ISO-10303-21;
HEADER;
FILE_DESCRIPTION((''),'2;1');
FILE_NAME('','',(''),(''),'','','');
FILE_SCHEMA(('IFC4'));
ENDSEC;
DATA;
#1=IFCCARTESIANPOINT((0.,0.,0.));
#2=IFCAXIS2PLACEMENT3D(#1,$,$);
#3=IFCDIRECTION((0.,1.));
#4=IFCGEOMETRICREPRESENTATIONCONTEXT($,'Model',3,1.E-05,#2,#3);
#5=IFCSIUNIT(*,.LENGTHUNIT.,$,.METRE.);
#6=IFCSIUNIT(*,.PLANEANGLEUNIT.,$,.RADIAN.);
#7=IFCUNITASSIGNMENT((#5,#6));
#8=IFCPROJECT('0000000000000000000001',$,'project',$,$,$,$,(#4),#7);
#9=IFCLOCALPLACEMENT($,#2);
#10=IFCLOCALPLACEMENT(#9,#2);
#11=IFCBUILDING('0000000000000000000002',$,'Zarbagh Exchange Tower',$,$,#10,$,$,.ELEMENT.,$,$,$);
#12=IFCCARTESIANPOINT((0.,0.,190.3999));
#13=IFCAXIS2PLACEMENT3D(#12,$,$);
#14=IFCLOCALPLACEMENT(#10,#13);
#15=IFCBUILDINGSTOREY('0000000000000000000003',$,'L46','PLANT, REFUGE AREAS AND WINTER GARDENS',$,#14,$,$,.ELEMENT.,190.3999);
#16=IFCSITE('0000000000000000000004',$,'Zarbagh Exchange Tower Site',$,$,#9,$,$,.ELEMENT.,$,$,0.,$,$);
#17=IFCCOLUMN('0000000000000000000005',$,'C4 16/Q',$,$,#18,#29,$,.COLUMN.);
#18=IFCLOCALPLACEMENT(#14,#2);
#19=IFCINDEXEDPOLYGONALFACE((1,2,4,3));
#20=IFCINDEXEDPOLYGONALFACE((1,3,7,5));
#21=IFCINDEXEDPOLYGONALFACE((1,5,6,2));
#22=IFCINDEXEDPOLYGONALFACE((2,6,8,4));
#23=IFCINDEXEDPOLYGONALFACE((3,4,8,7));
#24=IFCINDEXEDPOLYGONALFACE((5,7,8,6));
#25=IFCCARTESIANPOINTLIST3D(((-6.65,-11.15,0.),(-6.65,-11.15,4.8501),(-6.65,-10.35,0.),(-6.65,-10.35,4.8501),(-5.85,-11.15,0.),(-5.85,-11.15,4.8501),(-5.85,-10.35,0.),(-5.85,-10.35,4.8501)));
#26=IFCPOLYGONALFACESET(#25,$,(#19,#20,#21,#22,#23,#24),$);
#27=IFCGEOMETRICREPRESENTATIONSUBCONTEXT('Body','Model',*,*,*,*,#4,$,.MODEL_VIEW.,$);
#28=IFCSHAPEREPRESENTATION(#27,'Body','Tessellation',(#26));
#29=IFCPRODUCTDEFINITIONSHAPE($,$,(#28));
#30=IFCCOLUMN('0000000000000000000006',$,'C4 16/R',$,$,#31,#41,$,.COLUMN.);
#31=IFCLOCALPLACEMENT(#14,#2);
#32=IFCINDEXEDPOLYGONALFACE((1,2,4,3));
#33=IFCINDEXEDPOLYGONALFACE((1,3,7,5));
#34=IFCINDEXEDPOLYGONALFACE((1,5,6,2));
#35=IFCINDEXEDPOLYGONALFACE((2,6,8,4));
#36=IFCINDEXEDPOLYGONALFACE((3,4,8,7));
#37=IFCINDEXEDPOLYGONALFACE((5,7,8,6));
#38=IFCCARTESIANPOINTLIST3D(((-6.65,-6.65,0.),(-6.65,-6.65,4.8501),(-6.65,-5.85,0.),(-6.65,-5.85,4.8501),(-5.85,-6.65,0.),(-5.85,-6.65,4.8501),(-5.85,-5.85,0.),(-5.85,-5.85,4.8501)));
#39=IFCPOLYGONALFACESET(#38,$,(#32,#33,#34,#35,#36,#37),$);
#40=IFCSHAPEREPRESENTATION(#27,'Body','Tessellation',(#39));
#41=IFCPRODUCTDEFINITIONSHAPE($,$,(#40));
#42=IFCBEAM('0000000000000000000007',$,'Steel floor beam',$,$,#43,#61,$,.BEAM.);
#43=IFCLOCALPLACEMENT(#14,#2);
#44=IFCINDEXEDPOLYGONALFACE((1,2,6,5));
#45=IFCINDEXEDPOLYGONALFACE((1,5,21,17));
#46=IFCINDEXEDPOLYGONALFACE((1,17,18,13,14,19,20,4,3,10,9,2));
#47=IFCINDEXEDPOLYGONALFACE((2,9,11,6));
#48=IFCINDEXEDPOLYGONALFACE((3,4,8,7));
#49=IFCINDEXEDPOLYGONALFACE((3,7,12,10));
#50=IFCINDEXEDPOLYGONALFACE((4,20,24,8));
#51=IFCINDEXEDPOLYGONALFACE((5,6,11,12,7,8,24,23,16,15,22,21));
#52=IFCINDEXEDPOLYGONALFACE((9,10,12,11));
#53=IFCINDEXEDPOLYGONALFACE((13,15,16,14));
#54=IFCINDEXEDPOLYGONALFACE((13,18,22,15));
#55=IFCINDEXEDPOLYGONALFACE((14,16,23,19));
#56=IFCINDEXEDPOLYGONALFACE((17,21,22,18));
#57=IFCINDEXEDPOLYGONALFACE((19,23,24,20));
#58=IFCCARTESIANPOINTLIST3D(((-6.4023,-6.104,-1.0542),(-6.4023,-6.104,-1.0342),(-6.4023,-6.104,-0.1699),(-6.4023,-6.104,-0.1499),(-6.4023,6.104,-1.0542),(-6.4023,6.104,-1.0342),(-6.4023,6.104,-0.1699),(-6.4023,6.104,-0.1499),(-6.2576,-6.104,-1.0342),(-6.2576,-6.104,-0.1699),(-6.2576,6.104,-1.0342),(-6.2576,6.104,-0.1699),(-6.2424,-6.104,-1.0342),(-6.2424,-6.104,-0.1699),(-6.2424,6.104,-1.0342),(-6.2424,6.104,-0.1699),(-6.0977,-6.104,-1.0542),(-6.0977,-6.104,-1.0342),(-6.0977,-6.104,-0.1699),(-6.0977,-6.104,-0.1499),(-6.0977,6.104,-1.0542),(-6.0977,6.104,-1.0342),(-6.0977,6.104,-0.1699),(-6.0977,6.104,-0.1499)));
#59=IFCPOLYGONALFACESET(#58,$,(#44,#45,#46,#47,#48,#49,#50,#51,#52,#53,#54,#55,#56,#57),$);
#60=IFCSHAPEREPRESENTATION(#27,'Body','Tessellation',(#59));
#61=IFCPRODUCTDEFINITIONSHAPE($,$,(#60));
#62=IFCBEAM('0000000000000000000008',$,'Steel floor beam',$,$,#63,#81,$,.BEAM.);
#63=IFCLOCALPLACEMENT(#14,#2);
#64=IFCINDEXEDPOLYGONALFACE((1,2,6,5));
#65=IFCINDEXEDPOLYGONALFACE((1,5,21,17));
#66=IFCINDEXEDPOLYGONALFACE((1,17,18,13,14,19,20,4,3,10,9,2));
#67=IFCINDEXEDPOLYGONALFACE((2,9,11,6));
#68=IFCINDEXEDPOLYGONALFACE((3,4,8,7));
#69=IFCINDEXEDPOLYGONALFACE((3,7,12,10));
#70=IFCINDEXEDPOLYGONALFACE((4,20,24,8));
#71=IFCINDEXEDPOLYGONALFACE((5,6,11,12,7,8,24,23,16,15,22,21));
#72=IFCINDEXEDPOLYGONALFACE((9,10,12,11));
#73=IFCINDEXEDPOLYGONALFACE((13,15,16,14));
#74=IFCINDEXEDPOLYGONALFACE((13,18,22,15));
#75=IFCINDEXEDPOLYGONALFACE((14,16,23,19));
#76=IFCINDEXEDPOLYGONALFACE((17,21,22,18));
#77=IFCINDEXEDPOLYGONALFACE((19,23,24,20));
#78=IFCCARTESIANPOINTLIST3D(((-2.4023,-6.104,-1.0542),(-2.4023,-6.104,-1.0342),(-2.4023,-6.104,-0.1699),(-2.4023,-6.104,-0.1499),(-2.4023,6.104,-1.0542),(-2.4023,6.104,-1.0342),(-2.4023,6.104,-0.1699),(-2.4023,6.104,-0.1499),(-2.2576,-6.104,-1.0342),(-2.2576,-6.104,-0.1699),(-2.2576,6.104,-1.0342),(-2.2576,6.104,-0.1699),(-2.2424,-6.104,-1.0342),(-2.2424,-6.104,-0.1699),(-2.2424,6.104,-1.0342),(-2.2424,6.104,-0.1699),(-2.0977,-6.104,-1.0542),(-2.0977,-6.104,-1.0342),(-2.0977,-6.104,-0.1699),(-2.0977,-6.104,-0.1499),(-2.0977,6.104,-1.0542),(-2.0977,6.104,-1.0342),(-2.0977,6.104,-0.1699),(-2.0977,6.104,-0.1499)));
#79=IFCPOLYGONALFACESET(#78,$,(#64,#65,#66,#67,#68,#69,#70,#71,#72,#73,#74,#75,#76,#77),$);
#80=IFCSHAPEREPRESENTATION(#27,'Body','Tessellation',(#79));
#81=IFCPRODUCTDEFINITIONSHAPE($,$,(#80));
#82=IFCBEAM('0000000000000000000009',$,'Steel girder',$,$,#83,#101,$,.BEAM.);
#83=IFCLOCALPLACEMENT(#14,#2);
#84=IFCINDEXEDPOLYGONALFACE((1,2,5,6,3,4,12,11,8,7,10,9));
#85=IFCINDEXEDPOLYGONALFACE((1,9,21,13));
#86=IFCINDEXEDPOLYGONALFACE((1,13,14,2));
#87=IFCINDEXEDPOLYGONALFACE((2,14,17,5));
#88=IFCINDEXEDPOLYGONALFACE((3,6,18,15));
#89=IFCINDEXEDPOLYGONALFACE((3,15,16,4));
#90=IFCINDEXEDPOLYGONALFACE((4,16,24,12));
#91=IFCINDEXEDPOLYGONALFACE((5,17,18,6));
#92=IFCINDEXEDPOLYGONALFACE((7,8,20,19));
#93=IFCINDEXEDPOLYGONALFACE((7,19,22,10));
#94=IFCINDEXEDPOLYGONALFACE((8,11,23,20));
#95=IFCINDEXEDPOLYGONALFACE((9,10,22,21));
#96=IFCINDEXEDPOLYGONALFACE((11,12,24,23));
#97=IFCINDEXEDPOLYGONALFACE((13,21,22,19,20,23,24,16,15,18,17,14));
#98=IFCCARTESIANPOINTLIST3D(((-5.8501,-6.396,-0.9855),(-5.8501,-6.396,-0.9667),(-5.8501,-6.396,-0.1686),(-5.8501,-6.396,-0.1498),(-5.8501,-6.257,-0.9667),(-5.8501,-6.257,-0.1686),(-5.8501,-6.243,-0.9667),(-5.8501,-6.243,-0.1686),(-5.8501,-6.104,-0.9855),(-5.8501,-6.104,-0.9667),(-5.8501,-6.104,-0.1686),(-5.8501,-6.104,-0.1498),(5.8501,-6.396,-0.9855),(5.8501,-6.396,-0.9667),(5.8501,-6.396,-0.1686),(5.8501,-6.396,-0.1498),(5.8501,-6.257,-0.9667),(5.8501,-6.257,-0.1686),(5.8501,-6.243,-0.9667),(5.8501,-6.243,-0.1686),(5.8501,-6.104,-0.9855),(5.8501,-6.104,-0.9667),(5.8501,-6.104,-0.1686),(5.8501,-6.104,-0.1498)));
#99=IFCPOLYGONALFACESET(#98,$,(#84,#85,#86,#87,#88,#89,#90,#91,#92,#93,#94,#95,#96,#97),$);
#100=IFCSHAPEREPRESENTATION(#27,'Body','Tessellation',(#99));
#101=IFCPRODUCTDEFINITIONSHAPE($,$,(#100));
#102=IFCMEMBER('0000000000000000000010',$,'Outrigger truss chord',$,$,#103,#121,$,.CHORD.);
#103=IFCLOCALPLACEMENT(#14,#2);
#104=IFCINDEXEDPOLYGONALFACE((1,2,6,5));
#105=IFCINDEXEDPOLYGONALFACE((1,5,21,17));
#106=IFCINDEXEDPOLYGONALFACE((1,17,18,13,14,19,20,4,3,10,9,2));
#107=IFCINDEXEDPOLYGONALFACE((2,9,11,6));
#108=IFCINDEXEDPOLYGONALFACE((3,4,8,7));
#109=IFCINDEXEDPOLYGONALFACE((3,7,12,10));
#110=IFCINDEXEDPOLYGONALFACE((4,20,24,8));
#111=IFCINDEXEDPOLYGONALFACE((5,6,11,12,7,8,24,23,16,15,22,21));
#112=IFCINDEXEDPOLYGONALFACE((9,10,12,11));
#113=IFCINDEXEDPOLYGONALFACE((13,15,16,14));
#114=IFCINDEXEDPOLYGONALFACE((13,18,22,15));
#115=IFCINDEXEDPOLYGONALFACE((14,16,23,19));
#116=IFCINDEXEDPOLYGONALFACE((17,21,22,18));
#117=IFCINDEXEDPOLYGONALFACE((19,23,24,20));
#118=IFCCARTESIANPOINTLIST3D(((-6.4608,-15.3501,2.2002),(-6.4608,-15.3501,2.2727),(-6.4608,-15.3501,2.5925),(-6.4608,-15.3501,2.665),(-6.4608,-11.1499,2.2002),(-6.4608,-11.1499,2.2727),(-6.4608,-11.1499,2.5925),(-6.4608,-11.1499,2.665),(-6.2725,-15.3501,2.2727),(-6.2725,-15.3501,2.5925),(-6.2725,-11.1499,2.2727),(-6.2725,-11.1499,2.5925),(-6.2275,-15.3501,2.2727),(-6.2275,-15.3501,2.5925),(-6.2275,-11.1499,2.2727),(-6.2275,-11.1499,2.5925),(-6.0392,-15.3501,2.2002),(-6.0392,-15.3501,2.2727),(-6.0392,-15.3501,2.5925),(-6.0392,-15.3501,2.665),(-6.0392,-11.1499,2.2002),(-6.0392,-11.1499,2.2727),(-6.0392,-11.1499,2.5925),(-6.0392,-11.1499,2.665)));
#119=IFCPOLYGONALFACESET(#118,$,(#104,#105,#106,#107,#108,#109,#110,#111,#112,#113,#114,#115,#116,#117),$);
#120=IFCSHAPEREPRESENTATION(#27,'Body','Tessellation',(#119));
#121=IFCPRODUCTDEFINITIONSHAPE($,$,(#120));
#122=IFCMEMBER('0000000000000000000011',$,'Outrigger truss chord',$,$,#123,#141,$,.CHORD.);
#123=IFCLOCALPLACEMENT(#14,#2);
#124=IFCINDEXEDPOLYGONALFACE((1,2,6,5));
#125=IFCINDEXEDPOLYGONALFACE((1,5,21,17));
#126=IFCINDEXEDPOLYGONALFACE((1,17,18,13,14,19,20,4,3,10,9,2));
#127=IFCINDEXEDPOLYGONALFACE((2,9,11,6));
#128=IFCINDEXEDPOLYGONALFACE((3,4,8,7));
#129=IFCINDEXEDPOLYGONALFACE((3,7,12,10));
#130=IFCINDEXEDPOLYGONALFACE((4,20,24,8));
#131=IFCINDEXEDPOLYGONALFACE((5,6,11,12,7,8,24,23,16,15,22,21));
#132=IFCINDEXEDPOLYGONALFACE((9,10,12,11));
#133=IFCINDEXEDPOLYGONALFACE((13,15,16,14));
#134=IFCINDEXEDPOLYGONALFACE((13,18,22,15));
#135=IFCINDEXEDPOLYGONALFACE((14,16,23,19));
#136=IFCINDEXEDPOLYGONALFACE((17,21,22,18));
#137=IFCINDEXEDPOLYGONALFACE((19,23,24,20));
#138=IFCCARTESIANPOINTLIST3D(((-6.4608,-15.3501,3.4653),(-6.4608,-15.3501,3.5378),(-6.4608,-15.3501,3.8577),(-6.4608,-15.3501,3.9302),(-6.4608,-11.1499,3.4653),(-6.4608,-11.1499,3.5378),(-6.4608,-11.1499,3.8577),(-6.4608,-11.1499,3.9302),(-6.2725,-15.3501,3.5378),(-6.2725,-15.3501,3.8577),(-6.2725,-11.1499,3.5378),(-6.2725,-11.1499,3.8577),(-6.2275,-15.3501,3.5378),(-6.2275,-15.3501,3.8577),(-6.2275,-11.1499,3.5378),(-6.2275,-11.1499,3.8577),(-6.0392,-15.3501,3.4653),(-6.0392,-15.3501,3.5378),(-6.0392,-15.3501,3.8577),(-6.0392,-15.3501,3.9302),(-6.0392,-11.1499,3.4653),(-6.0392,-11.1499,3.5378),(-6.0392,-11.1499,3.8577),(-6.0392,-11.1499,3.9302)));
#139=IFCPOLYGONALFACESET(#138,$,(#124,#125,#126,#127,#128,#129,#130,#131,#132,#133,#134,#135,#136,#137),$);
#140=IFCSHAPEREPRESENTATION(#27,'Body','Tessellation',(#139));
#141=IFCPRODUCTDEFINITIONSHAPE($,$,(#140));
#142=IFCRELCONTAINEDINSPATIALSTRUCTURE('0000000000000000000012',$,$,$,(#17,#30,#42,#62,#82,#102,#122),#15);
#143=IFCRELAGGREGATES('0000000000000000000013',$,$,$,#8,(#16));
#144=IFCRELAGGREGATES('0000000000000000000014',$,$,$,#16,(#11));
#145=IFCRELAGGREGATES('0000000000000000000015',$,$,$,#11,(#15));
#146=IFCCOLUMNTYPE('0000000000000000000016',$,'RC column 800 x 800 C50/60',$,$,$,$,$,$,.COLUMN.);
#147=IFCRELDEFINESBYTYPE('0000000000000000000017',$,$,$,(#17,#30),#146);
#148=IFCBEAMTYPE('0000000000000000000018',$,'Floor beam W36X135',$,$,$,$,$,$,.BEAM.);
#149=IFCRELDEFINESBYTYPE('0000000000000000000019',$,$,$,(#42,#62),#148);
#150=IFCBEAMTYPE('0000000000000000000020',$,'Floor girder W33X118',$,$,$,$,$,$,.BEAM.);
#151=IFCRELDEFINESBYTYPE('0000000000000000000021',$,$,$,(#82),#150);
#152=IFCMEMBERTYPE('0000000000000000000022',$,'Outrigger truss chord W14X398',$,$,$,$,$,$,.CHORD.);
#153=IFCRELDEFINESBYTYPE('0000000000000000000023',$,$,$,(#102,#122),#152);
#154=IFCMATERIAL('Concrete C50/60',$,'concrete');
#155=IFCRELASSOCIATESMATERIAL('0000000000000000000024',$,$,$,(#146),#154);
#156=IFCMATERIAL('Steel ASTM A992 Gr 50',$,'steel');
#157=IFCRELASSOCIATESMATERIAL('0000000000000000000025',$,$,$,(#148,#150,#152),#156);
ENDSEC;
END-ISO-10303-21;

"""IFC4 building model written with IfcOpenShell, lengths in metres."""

from ifc_helpers import new_model, si_unit, direction, frame, origin, origin_2d, place, context, subcontext, project, spatial, rectangle, i_section, extrude, material, material_profile, profile_set, type_object, element, save


model = new_model("IFC4")

# Units and contexts
model_context = context("Model", 3, precision=1e-05, world=origin(), true_north=direction((0.0, 1.0)))
body_context = subcontext(model_context, "Body", "Model", "MODEL_VIEW")
ifc_project = project(units=[si_unit("LENGTHUNIT", "METRE"), si_unit("PLANEANGLEUNIT", "RADIAN")], contexts=[model_context])

# Site, building, storey
site_placement = place(None, origin())
site = spatial("IfcSite", under=ifc_project, at=site_placement, Name="Zarbagh Exchange Tower Site", CompositionType="ELEMENT", RefElevation=0.0)
building_placement = place(site_placement, origin())
building = spatial("IfcBuilding", under=site, at=building_placement, Name="Zarbagh Exchange Tower", CompositionType="ELEMENT")
storey_placement = place(building_placement, frame((0.0, 0.0, 190.3999)))
storey = spatial("IfcBuildingStorey", under=building, at=storey_placement, Name="L46", Description="PLANT, REFUGE AREAS AND WINTER GARDENS", CompositionType="ELEMENT", Elevation=190.3999)

# Columns
ifc_material_1 = material(Name="Concrete C50/60", Category="concrete")
ifc_material_profile_1 = material_profile(ifc_material_1, rectangle(XDim=0.8, YDim=0.8, at=origin_2d()), Name="RC column 800 x 800 C50/60")
ifc_profile_set_1 = profile_set([ifc_material_profile_1], Name="Concrete C50/60")
column_type = type_object("IfcColumnType", Name="RC column 800 x 800 C50/60", PredefinedType="COLUMN", material=ifc_profile_set_1)
for number, where, z_axis, x_axis, name in (
    (1, (-6.25, -10.75, 0.0), (0.0, 0.0, 1.0), (1.0, 0.0, 0.0), "C4 16/Q"),
    (2, (-6.25, -6.25, 0.0), (0.0, 0.0, 1.0), (1.0, 0.0, 0.0), "C4 16/R"),
):
    element("IfcColumn", number, at=place(storey_placement, frame(where, z_axis=z_axis, x_axis=x_axis)), inside=storey, type_object=column_type, Name=name, PredefinedType="COLUMN", context=body_context, shape_type="SweptSolid", body=[
        extrude(rectangle(XDim=0.8, YDim=0.8, at=origin_2d()), origin(), (0.0, 0.0, 1.0), 4.8501),
    ])

# Beams
ifc_material_2 = material(Name="Steel ASTM A992 Gr 50", Category="steel")
ifc_material_profile_2 = material_profile(ifc_material_2, i_section(OverallWidth=0.3047, OverallDepth=0.9043, WebThickness=0.0151, FlangeThickness=0.02, at=origin_2d()), Name="W36X135")
ifc_profile_set_2 = profile_set([ifc_material_profile_2], Name="Steel ASTM A992 Gr 50")
beam_type_1 = type_object("IfcBeamType", Name="Floor beam W36X135", PredefinedType="BEAM", material=ifc_profile_set_2)
for number, where, z_axis, x_axis, name in (
    (3, (-6.25, -6.104, -0.6021), (0.0, 1.0, 0.0), (-1.0, 0.0, 0.0), "Steel floor beam"),
    (4, (-2.25, -6.104, -0.6021), (0.0, 1.0, 0.0), (-1.0, 0.0, 0.0), "Steel floor beam"),
):
    element("IfcBeam", number, at=place(storey_placement, frame(where, z_axis=z_axis, x_axis=x_axis)), inside=storey, type_object=beam_type_1, Name=name, PredefinedType="BEAM", context=body_context, shape_type="SweptSolid", body=[
        extrude(i_section(OverallWidth=0.3047, OverallDepth=0.9043, WebThickness=0.0151, FlangeThickness=0.02, at=origin_2d()), origin(), (0.0, 0.0, 1.0), 12.208),
    ])
ifc_material_profile_3 = material_profile(ifc_material_2, i_section(OverallWidth=0.292, OverallDepth=0.8357, WebThickness=0.0139, FlangeThickness=0.0188, at=origin_2d()), Name="W33X118")
ifc_profile_set_3 = profile_set([ifc_material_profile_3], Name="Steel ASTM A992 Gr 50")
beam_type_2 = type_object("IfcBeamType", Name="Floor girder W33X118", PredefinedType="BEAM", material=ifc_profile_set_3)
beam_placement = place(storey_placement, frame((-5.8501, -6.25, -0.5676), z_axis=(1.0, 0.0, 0.0), x_axis=(0.0, 1.0, 0.0)))
element("IfcBeam", 5, at=beam_placement, inside=storey, type_object=beam_type_2, Name="Steel girder", PredefinedType="BEAM", context=body_context, shape_type="SweptSolid", body=[
    extrude(i_section(OverallWidth=0.292, OverallDepth=0.8357, WebThickness=0.0139, FlangeThickness=0.0188, at=origin_2d()), origin(), (0.0, 0.0, 1.0), 11.7002),
])

# Members
ifc_material_profile_4 = material_profile(ifc_material_2, i_section(OverallWidth=0.4216, OverallDepth=0.4648, WebThickness=0.0449, FlangeThickness=0.0725, at=origin_2d()), Name="W14X398")
ifc_profile_set_4 = profile_set([ifc_material_profile_4], Name="Steel ASTM A992 Gr 50")
member_type = type_object("IfcMemberType", Name="Outrigger truss chord W14X398", PredefinedType="CHORD", material=ifc_profile_set_4)
for number, where, z_axis, x_axis, name in (
    (6, (-6.25, -15.3501, 2.4326), (0.0, 1.0, 0.0), (-1.0, 0.0, 0.0), "Outrigger truss chord"),
    (7, (-6.25, -15.3501, 3.6978), (0.0, 1.0, 0.0), (-1.0, 0.0, 0.0), "Outrigger truss chord"),
):
    element("IfcMember", number, at=place(storey_placement, frame(where, z_axis=z_axis, x_axis=x_axis)), inside=storey, type_object=member_type, Name=name, PredefinedType="CHORD", context=body_context, shape_type="SweptSolid", body=[
        extrude(i_section(OverallWidth=0.4216, OverallDepth=0.4648, WebThickness=0.0449, FlangeThickness=0.0725, at=origin_2d()), origin(), (0.0, 0.0, 1.0), 4.2002),
    ])

save(model, "model.ifc")
